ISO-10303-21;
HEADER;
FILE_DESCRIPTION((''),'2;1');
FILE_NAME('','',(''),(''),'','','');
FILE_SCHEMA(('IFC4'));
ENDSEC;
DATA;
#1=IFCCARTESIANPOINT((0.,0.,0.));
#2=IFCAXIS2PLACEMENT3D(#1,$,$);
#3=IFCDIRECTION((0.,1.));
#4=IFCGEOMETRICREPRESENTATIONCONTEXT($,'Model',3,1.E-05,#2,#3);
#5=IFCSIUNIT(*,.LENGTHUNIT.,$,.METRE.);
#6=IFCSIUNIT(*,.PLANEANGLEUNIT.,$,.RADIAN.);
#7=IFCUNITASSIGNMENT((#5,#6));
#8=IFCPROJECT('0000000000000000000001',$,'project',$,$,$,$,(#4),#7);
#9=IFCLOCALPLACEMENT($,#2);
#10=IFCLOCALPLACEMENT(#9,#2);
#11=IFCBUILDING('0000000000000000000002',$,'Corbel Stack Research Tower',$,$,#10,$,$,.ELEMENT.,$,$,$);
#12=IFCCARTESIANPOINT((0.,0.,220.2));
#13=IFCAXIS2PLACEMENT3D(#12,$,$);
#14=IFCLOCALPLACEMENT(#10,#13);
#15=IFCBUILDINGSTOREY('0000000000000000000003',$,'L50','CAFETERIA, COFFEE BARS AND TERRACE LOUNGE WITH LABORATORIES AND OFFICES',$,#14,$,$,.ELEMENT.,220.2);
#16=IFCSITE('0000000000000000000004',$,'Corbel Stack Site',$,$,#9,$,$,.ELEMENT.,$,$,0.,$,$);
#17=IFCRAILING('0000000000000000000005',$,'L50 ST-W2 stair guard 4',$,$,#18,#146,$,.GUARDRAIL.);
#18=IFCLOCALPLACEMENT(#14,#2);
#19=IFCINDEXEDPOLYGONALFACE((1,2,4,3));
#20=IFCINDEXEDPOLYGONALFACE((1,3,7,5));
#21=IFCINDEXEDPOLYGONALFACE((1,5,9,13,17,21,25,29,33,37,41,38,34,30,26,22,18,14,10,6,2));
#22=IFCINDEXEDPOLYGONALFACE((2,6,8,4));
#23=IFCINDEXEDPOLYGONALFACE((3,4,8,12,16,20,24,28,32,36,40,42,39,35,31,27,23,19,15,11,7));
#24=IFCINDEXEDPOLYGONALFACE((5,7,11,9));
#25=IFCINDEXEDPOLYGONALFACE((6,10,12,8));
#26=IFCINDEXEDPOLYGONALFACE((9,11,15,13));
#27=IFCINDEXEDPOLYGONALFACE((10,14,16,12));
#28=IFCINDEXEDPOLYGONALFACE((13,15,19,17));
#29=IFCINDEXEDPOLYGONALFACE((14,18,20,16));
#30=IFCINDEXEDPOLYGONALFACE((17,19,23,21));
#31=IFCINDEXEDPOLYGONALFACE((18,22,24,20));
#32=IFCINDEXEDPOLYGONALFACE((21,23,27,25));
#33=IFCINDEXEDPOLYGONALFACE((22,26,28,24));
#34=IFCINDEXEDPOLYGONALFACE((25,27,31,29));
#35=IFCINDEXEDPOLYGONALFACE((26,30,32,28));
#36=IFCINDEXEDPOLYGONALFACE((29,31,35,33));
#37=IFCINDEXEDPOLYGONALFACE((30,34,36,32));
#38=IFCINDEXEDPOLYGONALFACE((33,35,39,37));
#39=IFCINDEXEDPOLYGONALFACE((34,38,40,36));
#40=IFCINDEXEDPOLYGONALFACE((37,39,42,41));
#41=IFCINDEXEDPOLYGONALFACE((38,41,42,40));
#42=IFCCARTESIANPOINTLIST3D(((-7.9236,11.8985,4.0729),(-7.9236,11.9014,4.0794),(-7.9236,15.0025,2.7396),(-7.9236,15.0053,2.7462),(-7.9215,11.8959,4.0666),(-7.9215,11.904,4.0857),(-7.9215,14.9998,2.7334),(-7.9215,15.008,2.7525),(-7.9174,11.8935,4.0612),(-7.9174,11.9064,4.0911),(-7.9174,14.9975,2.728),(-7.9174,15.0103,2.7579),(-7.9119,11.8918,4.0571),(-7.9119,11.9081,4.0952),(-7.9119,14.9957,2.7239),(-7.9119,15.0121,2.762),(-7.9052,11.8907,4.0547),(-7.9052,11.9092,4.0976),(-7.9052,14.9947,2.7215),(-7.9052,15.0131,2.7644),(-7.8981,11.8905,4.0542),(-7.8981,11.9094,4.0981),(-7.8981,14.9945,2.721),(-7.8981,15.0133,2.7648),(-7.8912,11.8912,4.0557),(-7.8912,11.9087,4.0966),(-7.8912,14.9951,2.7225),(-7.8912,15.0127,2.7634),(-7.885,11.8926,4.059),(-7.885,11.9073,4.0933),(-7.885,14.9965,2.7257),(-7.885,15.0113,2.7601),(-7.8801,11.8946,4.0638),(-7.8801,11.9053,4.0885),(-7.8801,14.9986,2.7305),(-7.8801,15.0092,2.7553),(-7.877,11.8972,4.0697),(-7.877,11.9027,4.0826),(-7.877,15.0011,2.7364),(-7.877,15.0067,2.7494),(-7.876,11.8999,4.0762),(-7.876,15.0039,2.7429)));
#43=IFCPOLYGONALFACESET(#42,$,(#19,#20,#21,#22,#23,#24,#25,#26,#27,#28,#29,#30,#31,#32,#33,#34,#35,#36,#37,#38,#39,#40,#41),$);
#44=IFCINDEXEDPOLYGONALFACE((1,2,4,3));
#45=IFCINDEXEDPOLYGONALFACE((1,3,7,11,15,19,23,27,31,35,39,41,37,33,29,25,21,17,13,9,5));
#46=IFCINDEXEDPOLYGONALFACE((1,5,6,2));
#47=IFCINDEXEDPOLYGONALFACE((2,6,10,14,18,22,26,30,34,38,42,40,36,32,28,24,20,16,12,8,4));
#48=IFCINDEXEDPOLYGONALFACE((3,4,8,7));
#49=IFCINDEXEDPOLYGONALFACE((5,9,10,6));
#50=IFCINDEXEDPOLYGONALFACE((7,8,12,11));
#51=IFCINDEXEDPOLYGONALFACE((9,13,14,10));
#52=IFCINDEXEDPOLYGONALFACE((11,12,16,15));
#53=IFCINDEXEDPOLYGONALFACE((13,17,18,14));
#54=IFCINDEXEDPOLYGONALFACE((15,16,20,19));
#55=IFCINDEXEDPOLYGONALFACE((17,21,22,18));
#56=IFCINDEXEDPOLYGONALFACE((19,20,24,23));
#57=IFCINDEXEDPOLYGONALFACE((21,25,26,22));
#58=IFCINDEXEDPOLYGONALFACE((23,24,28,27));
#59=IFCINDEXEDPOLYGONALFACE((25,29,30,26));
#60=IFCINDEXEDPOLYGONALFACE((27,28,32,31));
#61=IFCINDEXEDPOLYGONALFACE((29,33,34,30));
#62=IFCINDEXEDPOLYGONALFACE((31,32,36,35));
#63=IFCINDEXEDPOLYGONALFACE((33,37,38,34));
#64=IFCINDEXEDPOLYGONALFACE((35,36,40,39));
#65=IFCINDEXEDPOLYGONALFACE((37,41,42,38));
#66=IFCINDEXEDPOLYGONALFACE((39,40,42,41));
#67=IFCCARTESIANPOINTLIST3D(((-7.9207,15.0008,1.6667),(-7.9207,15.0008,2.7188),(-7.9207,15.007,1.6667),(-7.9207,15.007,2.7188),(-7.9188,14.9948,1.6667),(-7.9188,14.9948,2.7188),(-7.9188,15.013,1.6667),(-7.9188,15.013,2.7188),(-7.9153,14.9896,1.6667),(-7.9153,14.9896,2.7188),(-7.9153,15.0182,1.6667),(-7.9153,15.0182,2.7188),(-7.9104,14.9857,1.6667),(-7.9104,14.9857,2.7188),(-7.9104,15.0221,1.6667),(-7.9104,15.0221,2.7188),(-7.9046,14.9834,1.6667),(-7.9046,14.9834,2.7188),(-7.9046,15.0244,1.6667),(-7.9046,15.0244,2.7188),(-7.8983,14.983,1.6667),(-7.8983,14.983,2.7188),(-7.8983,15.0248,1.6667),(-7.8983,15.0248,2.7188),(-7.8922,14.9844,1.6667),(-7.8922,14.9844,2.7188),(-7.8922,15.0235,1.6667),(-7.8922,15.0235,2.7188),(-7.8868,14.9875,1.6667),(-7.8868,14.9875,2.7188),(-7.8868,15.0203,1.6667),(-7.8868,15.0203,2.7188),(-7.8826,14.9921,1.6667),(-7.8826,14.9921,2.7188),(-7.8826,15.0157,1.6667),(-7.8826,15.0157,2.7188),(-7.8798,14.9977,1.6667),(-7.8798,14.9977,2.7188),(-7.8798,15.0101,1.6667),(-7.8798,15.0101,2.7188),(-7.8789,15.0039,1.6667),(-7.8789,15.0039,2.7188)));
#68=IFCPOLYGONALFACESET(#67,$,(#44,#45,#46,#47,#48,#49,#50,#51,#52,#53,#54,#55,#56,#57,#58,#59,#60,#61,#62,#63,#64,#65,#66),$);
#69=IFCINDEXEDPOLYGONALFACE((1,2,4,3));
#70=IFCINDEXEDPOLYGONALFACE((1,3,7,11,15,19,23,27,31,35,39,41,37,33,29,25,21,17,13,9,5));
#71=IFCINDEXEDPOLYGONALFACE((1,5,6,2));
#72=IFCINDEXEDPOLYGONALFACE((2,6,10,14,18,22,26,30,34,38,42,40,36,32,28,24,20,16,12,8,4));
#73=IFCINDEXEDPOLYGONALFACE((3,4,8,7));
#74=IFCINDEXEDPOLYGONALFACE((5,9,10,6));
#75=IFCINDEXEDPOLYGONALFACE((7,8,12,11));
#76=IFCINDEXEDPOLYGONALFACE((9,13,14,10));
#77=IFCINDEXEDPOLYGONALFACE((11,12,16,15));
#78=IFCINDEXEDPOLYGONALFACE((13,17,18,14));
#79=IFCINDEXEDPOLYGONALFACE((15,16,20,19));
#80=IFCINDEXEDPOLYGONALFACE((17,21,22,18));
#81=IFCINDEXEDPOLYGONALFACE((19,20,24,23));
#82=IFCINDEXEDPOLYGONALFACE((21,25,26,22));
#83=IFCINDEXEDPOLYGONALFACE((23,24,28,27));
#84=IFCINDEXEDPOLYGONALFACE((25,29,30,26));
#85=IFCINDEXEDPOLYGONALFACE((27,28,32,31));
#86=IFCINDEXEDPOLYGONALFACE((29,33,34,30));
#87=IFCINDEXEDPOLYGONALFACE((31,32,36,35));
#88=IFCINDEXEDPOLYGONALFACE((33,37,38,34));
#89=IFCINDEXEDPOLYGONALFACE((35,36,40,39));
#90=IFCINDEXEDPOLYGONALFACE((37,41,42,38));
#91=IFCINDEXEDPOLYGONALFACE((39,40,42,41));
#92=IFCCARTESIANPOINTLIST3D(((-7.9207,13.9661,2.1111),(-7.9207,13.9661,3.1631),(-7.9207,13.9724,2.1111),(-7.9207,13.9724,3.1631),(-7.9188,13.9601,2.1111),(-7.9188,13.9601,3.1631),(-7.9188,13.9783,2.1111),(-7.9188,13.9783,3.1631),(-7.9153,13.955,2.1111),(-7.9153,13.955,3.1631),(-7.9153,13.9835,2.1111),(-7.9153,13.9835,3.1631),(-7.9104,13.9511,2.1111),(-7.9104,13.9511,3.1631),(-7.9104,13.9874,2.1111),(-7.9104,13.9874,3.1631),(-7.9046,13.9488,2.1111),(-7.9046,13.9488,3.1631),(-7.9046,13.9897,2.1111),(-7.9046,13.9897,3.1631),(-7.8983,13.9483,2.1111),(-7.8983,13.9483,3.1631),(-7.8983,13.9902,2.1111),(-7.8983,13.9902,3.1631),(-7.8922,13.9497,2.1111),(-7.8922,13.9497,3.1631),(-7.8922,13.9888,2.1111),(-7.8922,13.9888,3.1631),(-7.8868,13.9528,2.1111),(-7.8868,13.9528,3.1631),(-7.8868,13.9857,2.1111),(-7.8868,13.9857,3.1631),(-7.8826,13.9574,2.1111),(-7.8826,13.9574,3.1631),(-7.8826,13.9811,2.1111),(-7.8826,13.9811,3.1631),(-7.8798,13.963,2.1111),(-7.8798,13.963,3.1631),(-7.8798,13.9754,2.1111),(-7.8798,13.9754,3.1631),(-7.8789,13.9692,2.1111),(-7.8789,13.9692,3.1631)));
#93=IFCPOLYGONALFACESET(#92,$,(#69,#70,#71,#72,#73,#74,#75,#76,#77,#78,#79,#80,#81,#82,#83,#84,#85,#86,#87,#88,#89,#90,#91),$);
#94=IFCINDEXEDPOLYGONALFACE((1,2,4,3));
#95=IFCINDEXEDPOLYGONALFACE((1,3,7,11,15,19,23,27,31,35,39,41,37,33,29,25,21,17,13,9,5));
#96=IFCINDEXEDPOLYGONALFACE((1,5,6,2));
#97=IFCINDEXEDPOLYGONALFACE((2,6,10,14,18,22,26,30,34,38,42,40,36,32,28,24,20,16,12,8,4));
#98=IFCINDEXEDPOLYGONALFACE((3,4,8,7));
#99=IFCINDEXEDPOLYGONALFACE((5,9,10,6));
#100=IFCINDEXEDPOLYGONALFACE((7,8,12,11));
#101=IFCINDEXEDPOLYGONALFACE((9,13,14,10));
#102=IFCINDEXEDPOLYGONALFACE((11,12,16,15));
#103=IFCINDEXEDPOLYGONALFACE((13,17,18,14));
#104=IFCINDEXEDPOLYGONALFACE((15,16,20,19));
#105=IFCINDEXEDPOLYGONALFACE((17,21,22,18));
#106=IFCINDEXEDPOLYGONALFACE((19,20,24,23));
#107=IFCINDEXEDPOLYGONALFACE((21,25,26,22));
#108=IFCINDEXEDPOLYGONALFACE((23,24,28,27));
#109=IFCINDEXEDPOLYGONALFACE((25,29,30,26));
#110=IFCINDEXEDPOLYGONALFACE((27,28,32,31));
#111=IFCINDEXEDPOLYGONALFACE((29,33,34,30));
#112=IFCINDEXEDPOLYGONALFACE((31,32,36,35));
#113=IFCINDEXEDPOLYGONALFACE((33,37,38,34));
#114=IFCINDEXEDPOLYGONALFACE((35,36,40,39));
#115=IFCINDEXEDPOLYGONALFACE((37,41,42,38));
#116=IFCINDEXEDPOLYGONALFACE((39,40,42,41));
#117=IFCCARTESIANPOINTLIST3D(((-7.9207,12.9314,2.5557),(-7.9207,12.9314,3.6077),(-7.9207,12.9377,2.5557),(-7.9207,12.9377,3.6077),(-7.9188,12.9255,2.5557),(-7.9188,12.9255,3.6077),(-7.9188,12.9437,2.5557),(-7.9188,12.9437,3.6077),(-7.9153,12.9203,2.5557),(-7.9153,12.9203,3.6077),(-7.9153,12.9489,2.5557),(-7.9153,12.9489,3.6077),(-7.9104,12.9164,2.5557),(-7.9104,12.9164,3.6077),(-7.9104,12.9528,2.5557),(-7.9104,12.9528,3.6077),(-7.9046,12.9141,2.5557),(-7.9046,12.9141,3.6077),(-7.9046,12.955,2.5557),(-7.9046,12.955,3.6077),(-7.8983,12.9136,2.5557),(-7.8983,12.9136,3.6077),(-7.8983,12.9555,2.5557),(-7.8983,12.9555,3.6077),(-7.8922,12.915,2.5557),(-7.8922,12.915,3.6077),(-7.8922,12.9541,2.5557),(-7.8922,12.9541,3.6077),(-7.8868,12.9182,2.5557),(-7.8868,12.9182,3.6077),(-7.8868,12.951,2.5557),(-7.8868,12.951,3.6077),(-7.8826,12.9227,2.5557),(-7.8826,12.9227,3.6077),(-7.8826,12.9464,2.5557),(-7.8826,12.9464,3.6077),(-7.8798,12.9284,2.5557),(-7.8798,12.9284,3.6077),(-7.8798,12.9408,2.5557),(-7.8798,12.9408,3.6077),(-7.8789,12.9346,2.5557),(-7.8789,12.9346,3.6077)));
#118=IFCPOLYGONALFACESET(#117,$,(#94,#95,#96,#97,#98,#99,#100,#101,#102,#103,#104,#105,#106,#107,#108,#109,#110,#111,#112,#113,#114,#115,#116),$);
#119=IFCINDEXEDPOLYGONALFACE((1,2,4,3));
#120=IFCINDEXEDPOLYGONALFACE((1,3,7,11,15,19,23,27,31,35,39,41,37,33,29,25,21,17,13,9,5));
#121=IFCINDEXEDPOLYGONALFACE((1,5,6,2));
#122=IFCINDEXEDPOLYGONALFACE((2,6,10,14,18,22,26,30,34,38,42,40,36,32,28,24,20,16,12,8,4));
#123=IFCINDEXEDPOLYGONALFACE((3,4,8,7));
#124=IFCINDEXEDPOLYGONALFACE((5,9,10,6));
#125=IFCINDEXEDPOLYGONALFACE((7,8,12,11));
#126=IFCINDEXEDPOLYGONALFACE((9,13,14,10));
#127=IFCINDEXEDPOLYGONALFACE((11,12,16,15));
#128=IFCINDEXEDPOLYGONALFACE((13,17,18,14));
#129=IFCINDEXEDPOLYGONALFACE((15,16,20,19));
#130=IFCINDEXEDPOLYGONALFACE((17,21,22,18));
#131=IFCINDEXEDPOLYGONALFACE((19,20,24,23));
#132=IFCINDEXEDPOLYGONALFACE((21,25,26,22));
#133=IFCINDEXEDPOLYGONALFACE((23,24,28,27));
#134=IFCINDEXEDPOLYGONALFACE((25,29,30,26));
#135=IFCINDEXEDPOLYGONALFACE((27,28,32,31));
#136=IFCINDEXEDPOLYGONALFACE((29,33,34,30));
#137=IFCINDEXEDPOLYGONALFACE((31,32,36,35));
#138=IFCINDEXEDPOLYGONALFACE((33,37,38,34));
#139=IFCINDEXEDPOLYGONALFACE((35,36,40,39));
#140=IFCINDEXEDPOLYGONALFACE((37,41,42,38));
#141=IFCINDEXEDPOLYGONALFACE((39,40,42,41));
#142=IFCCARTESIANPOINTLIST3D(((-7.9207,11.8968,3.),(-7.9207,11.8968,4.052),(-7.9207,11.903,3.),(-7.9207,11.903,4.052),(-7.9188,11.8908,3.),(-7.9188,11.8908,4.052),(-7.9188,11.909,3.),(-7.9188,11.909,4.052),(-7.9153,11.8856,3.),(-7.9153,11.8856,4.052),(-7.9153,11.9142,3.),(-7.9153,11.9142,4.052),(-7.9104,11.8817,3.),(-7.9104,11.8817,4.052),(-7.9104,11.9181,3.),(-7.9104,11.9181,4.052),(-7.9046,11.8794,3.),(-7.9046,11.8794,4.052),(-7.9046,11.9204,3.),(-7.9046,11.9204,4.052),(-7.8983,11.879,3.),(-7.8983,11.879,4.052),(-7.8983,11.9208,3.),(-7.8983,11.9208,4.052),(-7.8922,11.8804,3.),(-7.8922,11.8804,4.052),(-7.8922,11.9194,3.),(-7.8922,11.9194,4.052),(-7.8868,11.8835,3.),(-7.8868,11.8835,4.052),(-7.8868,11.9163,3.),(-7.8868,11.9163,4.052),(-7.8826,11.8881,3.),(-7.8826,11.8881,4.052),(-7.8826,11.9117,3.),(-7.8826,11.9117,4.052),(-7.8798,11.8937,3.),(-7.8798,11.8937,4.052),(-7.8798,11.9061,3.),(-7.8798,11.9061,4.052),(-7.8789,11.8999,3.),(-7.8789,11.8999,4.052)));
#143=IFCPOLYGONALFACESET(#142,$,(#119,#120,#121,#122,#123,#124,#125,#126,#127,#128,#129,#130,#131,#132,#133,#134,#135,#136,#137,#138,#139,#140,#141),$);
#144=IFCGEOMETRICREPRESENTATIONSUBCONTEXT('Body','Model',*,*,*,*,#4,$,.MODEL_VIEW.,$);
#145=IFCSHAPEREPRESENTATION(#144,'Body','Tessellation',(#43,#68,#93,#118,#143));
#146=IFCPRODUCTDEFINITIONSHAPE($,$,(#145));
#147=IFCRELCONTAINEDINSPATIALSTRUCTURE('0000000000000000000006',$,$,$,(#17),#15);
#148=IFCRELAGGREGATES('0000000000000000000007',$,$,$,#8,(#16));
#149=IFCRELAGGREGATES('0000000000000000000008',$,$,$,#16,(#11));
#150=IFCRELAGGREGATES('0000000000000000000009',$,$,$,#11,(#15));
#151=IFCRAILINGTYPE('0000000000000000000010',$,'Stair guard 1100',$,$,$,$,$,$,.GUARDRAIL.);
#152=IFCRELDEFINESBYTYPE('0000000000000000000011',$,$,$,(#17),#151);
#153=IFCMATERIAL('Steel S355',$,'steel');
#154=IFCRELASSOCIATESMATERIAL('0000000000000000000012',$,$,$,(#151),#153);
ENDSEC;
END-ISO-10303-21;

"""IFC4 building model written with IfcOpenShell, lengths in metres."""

from ifc_helpers import new_model, si_unit, direction, frame, origin, origin_2d, place, context, subcontext, project, spatial, circle, extrude, material, type_object, element, save


model = new_model("IFC4")

# Units and contexts
model_context = context("Model", 3, precision=1e-05, world=origin(), true_north=direction((0.0, 1.0)))
body_context = subcontext(model_context, "Body", "Model", "MODEL_VIEW")
ifc_project = project(units=[si_unit("LENGTHUNIT", "METRE"), si_unit("PLANEANGLEUNIT", "RADIAN")], contexts=[model_context])

# Site, building, storey
site_placement = place(None, origin())
site = spatial("IfcSite", under=ifc_project, at=site_placement, Name="Corbel Stack Site", CompositionType="ELEMENT", RefElevation=0.0)
building_placement = place(site_placement, origin())
building = spatial("IfcBuilding", under=site, at=building_placement, Name="Corbel Stack Research Tower", CompositionType="ELEMENT")
storey_placement = place(building_placement, frame((0.0, 0.0, 220.2)))
storey = spatial("IfcBuildingStorey", under=building, at=storey_placement, Name="L50", Description="CAFETERIA, COFFEE BARS AND TERRACE LOUNGE WITH LABORATORIES AND OFFICES", CompositionType="ELEMENT", Elevation=220.2)

# Railing
ifc_material_1 = material(Name="Steel S355", Category="steel")
railing_type_1 = type_object("IfcRailingType", Name="Stair guard 1100", PredefinedType="GUARDRAIL", material=ifc_material_1)
railing_1_placement = place(storey_placement, frame((-7.8999, 15.0039, 1.6667)))
element("IfcRailing", 1, at=railing_1_placement, inside=storey, type_object=railing_type_1, Name="L50 ST-W2 stair guard 4", PredefinedType="GUARDRAIL", context=body_context, shape_type="SweptSolid", body=[
    extrude(circle(Radius=0.0239, at=origin_2d()), frame((0.0, 0.0, 1.0762), z_axis=(0.0, -0.918827, 0.394661), x_axis=(1.0, 0.0, 0.0)), (0.0, 0.0, 1.0), 3.3782),
    extrude(circle(Radius=0.021, at=origin_2d()), origin(), (0.0, 0.0, 1.0), 1.052),
    extrude(circle(Radius=0.021, at=origin_2d()), frame((0.0, -1.0347, 0.4443)), (0.0, 0.0, 1.0), 1.052),
    extrude(circle(Radius=0.021, at=origin_2d()), frame((0.0, -2.0693, 0.8889)), (0.0, 0.0, 1.0), 1.052),
    extrude(circle(Radius=0.021, at=origin_2d()), frame((0.0, -3.104, 1.3333)), (0.0, 0.0, 1.0), 1.052),
])

save(model, "model.ifc")
